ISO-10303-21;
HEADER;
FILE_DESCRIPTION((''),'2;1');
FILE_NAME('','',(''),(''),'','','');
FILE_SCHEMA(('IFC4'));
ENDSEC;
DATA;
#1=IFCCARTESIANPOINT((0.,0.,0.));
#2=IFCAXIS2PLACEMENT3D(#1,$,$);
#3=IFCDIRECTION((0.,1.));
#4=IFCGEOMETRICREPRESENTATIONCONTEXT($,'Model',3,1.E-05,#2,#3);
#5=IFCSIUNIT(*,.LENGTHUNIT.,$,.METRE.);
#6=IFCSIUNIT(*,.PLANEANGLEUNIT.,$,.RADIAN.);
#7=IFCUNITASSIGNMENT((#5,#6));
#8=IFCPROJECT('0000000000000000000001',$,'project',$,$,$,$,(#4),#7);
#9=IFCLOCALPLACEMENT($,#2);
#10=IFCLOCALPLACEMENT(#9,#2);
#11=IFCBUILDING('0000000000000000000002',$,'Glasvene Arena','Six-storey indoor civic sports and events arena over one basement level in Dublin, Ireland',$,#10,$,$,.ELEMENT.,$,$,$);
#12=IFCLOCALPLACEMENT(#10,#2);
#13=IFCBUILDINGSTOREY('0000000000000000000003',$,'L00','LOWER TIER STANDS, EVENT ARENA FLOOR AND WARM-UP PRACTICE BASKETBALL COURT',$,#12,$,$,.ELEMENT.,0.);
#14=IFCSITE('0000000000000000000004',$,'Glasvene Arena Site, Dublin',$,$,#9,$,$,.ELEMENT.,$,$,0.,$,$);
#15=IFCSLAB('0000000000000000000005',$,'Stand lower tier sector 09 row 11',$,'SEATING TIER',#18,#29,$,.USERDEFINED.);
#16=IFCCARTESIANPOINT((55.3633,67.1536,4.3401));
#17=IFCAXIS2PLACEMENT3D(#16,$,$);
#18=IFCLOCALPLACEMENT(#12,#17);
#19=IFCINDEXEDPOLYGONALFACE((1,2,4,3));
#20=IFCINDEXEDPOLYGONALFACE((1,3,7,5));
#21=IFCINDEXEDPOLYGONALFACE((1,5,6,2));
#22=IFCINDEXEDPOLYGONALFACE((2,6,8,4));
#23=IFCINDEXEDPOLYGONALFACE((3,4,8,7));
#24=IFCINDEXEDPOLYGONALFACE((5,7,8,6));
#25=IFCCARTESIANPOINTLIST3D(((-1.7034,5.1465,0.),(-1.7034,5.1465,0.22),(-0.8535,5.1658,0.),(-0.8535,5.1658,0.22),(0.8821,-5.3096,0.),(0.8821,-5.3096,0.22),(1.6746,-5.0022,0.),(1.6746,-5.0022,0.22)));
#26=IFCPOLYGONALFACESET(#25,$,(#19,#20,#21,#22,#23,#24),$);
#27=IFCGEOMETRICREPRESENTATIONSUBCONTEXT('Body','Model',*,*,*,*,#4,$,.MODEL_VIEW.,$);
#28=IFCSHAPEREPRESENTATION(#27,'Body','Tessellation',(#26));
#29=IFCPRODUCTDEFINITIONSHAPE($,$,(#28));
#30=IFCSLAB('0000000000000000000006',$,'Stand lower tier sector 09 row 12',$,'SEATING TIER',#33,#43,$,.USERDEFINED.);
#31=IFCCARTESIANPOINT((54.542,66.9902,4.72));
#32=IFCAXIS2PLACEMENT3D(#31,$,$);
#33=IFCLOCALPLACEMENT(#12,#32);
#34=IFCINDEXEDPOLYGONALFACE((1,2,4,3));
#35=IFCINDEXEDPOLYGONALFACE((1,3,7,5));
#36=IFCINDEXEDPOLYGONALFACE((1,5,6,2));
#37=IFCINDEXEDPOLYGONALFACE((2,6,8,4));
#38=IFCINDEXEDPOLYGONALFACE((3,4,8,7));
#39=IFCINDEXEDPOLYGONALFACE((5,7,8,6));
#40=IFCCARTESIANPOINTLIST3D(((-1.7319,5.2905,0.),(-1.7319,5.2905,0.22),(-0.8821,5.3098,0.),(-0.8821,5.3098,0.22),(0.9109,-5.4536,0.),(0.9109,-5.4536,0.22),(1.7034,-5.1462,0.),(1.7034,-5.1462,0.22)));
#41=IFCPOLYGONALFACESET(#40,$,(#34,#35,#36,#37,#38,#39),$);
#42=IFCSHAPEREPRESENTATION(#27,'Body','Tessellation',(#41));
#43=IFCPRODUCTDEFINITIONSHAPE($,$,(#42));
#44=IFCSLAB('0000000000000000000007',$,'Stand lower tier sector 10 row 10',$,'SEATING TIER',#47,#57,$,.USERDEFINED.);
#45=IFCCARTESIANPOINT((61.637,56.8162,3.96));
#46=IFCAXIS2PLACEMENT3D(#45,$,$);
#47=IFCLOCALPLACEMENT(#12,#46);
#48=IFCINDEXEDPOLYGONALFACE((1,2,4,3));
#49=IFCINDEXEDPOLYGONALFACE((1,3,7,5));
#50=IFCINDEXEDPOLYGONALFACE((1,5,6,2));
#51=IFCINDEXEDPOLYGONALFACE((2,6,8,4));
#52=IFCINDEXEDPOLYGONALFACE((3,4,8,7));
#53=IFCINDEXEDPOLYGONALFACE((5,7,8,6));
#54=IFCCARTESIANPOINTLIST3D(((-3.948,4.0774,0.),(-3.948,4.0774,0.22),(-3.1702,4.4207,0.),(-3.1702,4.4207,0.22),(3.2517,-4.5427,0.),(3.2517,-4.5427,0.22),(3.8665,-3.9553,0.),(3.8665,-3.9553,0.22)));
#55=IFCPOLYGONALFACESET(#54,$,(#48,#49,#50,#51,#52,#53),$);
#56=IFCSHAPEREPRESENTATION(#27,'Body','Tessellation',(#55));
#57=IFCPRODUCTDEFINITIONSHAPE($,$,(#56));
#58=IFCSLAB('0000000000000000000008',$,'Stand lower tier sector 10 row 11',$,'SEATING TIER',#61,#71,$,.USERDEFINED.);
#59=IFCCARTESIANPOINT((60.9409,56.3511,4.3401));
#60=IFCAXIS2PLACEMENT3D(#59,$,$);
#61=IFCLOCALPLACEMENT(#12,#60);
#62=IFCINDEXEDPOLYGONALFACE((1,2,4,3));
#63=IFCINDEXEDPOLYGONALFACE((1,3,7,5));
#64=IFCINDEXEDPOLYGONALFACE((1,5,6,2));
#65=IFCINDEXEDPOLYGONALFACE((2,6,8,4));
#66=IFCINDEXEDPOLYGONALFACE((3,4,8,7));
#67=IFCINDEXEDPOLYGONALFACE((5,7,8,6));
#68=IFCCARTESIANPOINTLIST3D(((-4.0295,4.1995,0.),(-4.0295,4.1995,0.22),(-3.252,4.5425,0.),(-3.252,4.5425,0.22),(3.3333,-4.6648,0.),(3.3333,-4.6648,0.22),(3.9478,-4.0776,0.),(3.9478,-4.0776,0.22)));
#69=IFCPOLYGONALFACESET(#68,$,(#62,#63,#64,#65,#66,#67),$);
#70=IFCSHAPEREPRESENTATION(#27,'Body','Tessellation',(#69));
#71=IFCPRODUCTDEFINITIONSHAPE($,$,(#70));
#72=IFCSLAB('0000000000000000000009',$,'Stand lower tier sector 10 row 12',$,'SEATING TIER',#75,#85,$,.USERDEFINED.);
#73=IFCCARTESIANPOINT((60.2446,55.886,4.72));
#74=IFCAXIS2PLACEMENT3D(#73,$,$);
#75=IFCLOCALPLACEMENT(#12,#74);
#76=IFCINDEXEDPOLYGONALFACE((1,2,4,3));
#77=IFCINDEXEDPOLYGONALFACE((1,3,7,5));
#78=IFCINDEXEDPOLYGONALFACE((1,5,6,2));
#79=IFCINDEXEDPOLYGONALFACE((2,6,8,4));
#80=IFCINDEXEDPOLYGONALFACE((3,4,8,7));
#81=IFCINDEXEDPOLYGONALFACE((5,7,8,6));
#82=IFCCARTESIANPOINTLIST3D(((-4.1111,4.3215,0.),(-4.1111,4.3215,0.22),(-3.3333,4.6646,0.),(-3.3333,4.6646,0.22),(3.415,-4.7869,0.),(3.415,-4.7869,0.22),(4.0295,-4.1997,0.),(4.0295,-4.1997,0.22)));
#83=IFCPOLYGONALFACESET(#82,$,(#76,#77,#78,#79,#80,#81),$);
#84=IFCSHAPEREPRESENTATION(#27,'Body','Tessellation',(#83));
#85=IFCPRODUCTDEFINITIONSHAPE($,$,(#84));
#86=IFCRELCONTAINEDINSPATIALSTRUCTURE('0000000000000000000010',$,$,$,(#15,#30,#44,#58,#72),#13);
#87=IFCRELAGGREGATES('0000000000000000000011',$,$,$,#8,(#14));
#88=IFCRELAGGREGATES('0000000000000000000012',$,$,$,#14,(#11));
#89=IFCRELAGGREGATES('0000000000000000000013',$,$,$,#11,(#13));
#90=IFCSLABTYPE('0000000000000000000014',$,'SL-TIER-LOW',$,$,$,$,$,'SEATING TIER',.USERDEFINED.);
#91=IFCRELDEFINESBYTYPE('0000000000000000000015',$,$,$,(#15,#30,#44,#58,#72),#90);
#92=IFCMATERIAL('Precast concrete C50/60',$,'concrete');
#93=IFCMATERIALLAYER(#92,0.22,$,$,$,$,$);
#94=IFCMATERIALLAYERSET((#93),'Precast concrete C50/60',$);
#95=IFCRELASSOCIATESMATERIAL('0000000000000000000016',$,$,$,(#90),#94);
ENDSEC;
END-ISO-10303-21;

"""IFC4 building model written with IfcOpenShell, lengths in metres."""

from ifc_helpers import new_model, si_unit, direction, frame, origin, place, context, subcontext, project, spatial, polyline, outline, extrude, material, layer, layer_set, type_object, element, save


model = new_model("IFC4")

# Units and contexts
model_context = context("Model", 3, precision=1e-05, world=origin(), true_north=direction((0.0, 1.0)))
body_context = subcontext(model_context, "Body", "Model", "MODEL_VIEW")
ifc_project = project(units=[si_unit("LENGTHUNIT", "METRE"), si_unit("PLANEANGLEUNIT", "RADIAN")], contexts=[model_context])

# Site, building, storey
site_placement = place(None, origin())
site = spatial("IfcSite", under=ifc_project, at=site_placement, Name="Glasvene Arena Site, Dublin", CompositionType="ELEMENT", RefElevation=0.0)
building_placement = place(site_placement, origin())
building = spatial("IfcBuilding", under=site, at=building_placement, Name="Glasvene Arena", Description="Six-storey indoor civic sports and events arena over one basement level in Dublin, Ireland", CompositionType="ELEMENT")
storey_placement = place(building_placement, origin())
storey = spatial("IfcBuildingStorey", under=building, at=storey_placement, Name="L00", Description="LOWER TIER STANDS, EVENT ARENA FLOOR AND WARM-UP PRACTICE BASKETBALL COURT", CompositionType="ELEMENT", Elevation=0.0)

# Shared definitions
ifc_material_1 = material(Name="Precast concrete C50/60", Category="concrete")

# Slabs
ifc_layer_1 = layer(ifc_material_1, 0.22)
ifc_layer_set_1 = layer_set([ifc_layer_1], Name="Precast concrete C50/60")
slab_type_1 = type_object("IfcSlabType", Name="SL-TIER-LOW", ElementType="SEATING TIER", PredefinedType="USERDEFINED", material=ifc_layer_set_1)
slab_1_placement = place(storey_placement, frame((55.3633, 67.1536, 4.3401)))
element("IfcSlab", 1, at=slab_1_placement, inside=storey, type_object=slab_type_1, Name="Stand lower tier sector 09 row 11", ObjectType="SEATING TIER", PredefinedType="USERDEFINED", context=body_context, shape_type="SweptSolid", body=[
    extrude(outline(polyline([(-0.8535, 5.1658), (1.6746, -5.0022), (0.8821, -5.3096), (-1.7034, 5.1465), (-0.8535, 5.1658)])), origin(), (0.0, 0.0, 1.0), 0.22),
])
slab_2_placement = place(storey_placement, frame((54.542, 66.9902, 4.72)))
element("IfcSlab", 2, at=slab_2_placement, inside=storey, type_object=slab_type_1, Name="Stand lower tier sector 09 row 12", ObjectType="SEATING TIER", PredefinedType="USERDEFINED", context=body_context, shape_type="SweptSolid", body=[
    extrude(outline(polyline([(-0.8821, 5.3098), (1.7034, -5.1462), (0.9109, -5.4536), (-1.7319, 5.2905), (-0.8821, 5.3098)])), origin(), (0.0, 0.0, 1.0), 0.22),
])
slab_3_placement = place(storey_placement, frame((61.637, 56.8162, 3.96)))
element("IfcSlab", 3, at=slab_3_placement, inside=storey, type_object=slab_type_1, Name="Stand lower tier sector 10 row 10", ObjectType="SEATING TIER", PredefinedType="USERDEFINED", context=body_context, shape_type="SweptSolid", body=[
    extrude(outline(polyline([(-3.1702, 4.4207), (3.8665, -3.9553), (3.2517, -4.5427), (-3.948, 4.0774), (-3.1702, 4.4207)])), origin(), (0.0, 0.0, 1.0), 0.22),
])
slab_4_placement = place(storey_placement, frame((60.9409, 56.3511, 4.3401)))
element("IfcSlab", 4, at=slab_4_placement, inside=storey, type_object=slab_type_1, Name="Stand lower tier sector 10 row 11", ObjectType="SEATING TIER", PredefinedType="USERDEFINED", context=body_context, shape_type="SweptSolid", body=[
    extrude(outline(polyline([(-3.252, 4.5425), (3.9478, -4.0776), (3.3333, -4.6648), (-4.0295, 4.1995), (-3.252, 4.5425)])), origin(), (0.0, 0.0, 1.0), 0.22),
])
slab_5_placement = place(storey_placement, frame((60.2446, 55.886, 4.72)))
element("IfcSlab", 5, at=slab_5_placement, inside=storey, type_object=slab_type_1, Name="Stand lower tier sector 10 row 12", ObjectType="SEATING TIER", PredefinedType="USERDEFINED", context=body_context, shape_type="SweptSolid", body=[
    extrude(outline(polyline([(-3.3333, 4.6646), (4.0295, -4.1997), (3.415, -4.7869), (-4.1111, 4.3215), (-3.3333, 4.6646)])), origin(), (0.0, 0.0, 1.0), 0.22),
])

save(model, "model.ifc")
